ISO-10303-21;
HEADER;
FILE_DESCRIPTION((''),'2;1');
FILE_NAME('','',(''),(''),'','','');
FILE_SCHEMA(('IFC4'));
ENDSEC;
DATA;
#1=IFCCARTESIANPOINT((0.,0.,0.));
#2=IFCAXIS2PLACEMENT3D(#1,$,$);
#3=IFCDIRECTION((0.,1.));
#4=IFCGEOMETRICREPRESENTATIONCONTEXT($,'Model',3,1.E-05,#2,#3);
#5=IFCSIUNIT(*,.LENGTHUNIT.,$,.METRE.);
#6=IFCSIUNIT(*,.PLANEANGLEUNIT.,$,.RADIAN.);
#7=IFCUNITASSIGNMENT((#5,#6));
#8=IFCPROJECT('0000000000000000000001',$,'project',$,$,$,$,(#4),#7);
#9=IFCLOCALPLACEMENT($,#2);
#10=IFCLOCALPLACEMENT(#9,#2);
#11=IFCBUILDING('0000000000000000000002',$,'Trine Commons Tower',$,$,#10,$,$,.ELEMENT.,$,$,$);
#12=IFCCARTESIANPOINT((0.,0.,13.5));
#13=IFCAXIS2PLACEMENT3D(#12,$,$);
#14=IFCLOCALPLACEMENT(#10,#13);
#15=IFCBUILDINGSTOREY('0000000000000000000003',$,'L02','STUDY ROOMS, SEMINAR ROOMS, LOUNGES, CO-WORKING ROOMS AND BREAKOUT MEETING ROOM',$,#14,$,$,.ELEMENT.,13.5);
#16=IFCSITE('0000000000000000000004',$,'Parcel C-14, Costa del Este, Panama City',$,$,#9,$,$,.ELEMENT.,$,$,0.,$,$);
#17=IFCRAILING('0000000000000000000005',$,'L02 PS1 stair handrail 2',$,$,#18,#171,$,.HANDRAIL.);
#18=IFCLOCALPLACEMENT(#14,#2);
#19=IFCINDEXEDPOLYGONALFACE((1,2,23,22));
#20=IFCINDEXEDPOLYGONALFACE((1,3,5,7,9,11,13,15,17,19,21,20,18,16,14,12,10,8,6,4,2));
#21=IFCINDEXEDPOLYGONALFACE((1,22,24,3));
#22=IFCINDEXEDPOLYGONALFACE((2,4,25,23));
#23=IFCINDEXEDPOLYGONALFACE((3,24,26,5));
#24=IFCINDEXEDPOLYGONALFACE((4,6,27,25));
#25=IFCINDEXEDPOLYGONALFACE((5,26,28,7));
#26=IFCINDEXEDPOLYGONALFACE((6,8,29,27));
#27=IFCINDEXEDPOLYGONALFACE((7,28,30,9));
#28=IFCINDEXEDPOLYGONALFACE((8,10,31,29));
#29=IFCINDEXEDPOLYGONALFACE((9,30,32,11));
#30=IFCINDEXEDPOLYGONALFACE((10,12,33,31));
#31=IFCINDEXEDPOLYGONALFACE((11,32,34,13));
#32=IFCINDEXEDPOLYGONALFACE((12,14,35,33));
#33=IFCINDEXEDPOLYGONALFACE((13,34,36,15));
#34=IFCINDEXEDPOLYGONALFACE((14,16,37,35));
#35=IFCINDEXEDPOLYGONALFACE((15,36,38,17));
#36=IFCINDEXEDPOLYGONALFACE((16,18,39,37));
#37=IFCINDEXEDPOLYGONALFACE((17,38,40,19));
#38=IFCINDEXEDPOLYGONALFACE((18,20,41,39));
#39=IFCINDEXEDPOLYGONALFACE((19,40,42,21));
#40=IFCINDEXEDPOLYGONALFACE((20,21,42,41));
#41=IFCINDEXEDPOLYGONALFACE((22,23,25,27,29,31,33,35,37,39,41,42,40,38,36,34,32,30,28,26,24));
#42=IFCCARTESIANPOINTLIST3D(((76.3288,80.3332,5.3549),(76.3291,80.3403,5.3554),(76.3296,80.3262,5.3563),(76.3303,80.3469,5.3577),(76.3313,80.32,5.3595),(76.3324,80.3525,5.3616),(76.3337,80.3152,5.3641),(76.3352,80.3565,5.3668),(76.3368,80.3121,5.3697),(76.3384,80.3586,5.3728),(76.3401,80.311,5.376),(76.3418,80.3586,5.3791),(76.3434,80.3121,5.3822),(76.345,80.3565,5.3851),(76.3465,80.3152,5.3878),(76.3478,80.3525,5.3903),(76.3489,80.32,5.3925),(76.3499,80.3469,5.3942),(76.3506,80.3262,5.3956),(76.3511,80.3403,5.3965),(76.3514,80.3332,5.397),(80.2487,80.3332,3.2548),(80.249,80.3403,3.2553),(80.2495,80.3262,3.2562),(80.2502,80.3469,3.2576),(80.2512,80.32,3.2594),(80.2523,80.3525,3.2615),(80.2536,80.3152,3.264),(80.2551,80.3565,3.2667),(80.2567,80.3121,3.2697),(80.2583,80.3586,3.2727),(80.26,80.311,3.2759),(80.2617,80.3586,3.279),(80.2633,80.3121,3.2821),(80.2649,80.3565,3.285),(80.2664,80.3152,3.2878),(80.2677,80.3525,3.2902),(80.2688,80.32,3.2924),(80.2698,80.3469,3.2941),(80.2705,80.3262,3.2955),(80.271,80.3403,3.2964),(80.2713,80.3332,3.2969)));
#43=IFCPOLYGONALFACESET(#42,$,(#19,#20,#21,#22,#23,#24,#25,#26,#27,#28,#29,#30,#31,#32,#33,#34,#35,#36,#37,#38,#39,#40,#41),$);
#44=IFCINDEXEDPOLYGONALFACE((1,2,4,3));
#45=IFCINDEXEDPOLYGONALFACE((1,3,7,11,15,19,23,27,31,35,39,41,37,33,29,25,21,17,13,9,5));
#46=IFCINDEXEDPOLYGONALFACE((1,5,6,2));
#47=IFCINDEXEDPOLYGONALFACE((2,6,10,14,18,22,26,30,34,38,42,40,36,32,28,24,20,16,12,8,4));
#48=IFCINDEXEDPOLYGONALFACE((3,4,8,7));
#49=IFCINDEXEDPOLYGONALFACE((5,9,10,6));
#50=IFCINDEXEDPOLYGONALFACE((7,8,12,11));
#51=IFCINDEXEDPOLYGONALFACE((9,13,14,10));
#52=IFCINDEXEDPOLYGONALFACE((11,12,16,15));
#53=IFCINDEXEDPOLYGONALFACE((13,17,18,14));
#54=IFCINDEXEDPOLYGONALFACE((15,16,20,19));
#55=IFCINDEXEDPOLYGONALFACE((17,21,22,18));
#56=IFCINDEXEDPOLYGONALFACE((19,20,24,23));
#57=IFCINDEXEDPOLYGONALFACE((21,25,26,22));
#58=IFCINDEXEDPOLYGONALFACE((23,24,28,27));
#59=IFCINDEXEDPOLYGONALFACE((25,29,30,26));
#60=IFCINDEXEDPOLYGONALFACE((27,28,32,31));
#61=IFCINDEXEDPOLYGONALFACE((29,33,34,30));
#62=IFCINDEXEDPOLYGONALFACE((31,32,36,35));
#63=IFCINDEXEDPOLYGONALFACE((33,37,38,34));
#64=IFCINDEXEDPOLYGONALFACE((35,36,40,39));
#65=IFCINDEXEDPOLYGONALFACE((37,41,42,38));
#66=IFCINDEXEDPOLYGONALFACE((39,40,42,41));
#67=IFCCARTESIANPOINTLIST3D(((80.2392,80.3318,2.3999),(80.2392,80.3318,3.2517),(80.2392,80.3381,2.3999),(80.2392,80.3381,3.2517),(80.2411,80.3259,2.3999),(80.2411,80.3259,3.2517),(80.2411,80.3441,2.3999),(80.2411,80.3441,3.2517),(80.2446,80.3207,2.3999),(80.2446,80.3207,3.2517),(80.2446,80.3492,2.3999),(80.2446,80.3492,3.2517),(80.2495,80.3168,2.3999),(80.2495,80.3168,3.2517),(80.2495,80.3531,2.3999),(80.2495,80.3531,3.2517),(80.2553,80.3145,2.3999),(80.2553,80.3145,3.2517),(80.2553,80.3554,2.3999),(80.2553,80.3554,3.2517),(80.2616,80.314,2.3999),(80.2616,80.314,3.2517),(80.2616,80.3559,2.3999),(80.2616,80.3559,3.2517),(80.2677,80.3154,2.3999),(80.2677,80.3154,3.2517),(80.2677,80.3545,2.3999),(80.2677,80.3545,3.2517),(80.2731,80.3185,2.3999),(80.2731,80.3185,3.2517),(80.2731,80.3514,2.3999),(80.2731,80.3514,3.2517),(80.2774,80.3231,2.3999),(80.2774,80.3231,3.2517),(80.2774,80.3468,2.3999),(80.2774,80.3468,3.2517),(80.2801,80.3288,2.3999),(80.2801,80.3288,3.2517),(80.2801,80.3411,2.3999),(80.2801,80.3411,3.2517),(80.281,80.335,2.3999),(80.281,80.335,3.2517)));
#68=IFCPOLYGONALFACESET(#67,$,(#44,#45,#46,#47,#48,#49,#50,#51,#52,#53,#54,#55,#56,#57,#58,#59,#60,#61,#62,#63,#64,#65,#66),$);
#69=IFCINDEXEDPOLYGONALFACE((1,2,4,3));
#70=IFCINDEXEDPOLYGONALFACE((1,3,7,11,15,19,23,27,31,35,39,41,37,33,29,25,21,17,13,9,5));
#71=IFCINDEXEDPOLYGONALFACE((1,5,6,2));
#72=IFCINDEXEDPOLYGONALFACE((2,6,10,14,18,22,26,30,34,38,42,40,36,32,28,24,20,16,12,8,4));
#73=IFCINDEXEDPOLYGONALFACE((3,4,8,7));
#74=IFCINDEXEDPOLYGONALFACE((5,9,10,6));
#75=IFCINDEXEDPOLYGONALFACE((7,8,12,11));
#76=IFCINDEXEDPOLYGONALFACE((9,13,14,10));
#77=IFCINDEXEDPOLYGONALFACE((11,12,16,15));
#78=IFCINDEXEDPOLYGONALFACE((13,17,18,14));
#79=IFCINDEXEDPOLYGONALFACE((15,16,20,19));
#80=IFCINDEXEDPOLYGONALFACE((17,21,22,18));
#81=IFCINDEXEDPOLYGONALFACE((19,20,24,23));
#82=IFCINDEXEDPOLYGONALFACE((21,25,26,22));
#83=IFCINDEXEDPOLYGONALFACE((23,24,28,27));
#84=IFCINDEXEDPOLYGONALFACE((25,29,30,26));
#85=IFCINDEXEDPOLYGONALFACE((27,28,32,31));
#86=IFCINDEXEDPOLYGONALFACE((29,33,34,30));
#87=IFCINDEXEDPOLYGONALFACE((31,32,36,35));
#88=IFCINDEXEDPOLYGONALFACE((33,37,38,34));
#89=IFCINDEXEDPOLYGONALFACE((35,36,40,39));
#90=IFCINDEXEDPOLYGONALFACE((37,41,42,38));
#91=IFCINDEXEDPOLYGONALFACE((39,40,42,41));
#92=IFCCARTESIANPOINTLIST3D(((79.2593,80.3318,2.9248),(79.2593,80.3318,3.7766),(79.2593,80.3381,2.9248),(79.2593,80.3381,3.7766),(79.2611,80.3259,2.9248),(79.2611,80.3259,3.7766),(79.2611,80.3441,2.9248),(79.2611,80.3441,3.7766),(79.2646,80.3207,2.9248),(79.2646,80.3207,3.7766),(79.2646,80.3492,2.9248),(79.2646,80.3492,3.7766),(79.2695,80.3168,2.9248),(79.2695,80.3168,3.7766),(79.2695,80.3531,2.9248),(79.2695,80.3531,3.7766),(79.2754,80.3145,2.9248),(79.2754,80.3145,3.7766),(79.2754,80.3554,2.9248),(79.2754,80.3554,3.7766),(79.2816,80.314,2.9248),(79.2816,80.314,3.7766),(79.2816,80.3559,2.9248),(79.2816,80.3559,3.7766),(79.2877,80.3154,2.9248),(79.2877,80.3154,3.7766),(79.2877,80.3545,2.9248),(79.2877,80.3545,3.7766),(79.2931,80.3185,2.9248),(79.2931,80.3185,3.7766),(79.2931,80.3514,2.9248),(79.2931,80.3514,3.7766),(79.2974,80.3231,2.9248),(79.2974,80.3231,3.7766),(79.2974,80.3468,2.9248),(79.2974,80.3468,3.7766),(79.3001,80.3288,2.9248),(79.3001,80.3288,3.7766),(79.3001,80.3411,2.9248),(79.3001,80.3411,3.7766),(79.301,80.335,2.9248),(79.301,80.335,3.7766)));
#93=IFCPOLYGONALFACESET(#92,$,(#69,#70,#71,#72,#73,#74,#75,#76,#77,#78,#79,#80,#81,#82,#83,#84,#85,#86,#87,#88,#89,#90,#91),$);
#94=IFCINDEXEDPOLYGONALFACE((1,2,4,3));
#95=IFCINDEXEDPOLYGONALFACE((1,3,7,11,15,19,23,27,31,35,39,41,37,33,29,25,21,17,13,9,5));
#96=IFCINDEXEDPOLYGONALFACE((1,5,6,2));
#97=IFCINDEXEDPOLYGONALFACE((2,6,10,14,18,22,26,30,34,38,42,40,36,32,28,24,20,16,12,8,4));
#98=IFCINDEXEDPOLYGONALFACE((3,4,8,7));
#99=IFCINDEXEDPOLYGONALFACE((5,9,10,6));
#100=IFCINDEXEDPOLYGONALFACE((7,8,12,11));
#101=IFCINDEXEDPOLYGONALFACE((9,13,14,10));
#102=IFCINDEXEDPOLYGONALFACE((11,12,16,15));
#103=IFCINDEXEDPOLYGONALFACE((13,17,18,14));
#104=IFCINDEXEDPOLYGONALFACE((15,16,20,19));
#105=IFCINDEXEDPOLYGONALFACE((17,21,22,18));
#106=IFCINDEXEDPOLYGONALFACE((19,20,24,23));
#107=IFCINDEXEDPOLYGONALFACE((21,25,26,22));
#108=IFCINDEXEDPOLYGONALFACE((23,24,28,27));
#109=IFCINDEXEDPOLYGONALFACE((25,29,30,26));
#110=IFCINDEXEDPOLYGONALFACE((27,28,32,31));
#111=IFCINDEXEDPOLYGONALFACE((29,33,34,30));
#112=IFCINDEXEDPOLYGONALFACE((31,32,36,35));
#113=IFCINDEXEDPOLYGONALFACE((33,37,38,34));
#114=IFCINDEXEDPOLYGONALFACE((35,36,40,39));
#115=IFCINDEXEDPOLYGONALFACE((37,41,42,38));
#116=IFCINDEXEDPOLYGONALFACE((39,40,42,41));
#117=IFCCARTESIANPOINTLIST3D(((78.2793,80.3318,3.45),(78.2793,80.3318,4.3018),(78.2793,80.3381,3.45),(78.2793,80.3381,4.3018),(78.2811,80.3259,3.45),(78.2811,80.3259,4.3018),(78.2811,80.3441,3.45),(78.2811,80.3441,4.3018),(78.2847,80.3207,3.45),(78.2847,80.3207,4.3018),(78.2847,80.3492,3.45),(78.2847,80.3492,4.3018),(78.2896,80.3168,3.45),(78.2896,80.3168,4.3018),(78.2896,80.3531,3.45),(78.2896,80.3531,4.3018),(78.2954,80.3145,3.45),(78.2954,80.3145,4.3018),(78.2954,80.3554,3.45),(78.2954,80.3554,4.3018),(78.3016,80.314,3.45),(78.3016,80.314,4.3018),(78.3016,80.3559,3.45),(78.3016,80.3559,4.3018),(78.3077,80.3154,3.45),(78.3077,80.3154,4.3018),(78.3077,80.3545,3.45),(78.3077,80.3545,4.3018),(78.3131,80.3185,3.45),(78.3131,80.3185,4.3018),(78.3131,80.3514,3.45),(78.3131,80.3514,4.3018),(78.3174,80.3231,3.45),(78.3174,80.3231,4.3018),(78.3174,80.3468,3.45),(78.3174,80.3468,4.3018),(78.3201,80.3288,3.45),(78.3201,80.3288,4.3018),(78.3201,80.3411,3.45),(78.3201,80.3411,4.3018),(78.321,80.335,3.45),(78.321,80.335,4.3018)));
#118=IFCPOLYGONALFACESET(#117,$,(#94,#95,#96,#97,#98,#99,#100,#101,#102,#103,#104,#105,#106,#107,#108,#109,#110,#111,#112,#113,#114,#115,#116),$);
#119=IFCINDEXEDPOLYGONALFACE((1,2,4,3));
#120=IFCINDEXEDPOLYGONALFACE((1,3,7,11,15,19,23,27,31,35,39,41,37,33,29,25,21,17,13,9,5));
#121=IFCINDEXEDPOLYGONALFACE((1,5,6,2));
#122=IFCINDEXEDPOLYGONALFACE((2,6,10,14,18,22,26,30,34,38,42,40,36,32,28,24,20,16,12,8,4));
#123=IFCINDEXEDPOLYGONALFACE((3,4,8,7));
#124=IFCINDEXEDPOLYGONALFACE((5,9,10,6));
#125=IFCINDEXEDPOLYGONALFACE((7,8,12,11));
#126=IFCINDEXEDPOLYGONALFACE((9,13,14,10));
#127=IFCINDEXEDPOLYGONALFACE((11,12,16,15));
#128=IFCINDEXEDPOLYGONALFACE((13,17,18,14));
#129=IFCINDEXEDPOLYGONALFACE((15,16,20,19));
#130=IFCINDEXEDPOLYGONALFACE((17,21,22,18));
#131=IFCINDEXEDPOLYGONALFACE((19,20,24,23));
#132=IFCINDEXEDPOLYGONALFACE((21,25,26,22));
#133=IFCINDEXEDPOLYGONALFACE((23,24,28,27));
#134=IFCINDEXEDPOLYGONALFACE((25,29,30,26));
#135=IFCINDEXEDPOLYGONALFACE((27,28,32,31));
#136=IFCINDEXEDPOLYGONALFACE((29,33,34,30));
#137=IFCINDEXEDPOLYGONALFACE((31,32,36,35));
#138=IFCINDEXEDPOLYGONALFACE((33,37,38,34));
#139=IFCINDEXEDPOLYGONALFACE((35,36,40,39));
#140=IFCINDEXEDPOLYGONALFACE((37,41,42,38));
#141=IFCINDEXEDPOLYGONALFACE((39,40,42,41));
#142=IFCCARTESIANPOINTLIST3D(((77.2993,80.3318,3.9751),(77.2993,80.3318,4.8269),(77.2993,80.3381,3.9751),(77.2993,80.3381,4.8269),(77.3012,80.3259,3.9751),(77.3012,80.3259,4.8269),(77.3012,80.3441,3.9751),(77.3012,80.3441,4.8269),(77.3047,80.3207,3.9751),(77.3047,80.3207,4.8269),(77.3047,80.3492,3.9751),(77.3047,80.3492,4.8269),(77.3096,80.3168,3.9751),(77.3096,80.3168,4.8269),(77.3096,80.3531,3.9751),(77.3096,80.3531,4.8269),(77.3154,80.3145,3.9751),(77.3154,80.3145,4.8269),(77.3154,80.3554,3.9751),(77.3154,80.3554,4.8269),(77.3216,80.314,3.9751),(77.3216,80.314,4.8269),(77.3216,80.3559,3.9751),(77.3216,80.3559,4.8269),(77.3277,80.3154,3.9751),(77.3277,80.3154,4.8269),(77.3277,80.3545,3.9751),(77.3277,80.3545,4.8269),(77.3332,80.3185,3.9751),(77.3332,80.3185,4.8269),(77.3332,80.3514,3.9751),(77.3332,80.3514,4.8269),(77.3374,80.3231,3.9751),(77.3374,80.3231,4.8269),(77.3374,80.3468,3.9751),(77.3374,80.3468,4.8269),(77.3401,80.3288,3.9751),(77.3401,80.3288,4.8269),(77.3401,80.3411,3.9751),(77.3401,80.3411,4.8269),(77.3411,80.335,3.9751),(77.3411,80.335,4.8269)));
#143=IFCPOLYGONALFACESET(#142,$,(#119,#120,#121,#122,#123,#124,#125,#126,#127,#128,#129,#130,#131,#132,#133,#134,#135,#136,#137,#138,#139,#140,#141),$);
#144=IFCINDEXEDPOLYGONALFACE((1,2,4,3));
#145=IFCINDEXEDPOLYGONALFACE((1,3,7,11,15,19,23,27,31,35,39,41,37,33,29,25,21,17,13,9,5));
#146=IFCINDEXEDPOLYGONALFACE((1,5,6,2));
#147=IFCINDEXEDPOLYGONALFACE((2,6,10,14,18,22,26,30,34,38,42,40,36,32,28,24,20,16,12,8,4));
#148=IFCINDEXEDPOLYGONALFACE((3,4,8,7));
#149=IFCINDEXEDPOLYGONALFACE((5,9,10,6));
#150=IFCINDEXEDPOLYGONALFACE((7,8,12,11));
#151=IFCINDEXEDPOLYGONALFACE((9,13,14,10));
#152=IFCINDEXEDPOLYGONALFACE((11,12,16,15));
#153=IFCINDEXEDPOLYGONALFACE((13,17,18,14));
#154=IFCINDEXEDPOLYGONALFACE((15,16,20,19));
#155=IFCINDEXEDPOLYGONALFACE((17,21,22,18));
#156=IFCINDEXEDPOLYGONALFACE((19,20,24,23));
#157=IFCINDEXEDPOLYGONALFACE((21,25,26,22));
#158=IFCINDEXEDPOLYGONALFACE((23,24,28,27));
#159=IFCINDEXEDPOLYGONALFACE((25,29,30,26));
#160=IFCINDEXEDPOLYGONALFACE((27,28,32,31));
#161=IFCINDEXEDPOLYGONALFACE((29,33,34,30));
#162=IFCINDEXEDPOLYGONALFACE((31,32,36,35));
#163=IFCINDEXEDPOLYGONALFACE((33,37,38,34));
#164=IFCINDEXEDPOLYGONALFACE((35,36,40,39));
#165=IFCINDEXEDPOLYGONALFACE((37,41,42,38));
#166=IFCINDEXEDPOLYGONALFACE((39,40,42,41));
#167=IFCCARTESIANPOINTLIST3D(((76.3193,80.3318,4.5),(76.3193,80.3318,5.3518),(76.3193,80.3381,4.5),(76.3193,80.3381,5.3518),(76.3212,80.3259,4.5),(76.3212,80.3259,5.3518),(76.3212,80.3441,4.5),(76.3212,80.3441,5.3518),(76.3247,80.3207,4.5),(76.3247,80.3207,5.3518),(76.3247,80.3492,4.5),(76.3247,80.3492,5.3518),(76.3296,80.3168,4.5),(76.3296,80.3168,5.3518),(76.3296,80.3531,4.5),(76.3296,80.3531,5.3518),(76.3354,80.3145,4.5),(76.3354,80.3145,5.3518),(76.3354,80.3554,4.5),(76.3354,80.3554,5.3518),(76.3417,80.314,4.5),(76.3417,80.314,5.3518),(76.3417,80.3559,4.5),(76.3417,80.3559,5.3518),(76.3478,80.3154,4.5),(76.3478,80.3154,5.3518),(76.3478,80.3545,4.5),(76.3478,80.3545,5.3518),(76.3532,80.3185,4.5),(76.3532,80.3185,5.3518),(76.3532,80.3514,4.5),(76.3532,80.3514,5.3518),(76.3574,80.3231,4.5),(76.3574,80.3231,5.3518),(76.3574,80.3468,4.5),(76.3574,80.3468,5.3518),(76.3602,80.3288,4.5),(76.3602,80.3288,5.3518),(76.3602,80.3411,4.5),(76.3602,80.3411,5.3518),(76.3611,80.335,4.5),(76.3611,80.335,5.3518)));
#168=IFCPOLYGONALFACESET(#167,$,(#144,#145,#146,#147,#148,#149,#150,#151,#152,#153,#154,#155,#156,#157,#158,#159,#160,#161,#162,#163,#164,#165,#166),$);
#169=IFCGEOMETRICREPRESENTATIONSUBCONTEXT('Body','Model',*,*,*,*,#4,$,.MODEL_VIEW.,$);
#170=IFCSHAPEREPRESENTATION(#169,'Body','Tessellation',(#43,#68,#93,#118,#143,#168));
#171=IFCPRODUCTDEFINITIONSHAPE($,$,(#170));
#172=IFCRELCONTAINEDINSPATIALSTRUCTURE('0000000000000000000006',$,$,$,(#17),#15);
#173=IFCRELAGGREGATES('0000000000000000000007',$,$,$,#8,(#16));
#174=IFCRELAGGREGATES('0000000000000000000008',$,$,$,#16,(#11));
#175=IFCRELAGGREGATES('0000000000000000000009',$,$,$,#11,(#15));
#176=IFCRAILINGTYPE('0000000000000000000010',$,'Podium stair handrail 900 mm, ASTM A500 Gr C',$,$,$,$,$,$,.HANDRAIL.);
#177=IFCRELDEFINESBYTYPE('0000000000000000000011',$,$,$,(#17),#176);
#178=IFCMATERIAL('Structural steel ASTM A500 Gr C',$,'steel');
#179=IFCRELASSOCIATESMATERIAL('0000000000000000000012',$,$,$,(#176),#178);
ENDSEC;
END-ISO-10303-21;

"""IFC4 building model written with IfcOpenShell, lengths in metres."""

from ifc_helpers import new_model, si_unit, direction, frame, origin, origin_2d, place, context, subcontext, project, spatial, circle, extrude, material, type_object, element, save


model = new_model("IFC4")

# Units and contexts
model_context = context("Model", 3, precision=1e-05, world=origin(), true_north=direction((0.0, 1.0)))
body_context = subcontext(model_context, "Body", "Model", "MODEL_VIEW")
ifc_project = project(units=[si_unit("LENGTHUNIT", "METRE"), si_unit("PLANEANGLEUNIT", "RADIAN")], contexts=[model_context])

# Site, building, storey
site_placement = place(None, origin())
site = spatial("IfcSite", under=ifc_project, at=site_placement, Name="Parcel C-14, Costa del Este, Panama City", CompositionType="ELEMENT", RefElevation=0.0)
building_placement = place(site_placement, origin())
building = spatial("IfcBuilding", under=site, at=building_placement, Name="Trine Commons Tower", CompositionType="ELEMENT")
storey_placement = place(building_placement, frame((0.0, 0.0, 13.5)))
storey = spatial("IfcBuildingStorey", under=building, at=storey_placement, Name="L02", Description="STUDY ROOMS, SEMINAR ROOMS, LOUNGES, CO-WORKING ROOMS AND BREAKOUT MEETING ROOM", CompositionType="ELEMENT", Elevation=13.5)

# Railing
ifc_material_1 = material(Name="Structural steel ASTM A500 Gr C", Category="steel")
railing_type_1 = type_object("IfcRailingType", Name="Podium stair handrail 900 mm, ASTM A500 Gr C", PredefinedType="HANDRAIL", material=ifc_material_1)
railing_1_placement = place(storey_placement, frame((80.26, 80.335, 2.3999)))
element("IfcRailing", 1, at=railing_1_placement, inside=storey, type_object=railing_type_1, Name="L02 PS1 stair handrail 2", PredefinedType="HANDRAIL", context=body_context, shape_type="SweptSolid", body=[
    extrude(circle(Radius=0.0239, at=origin_2d()), frame((0.0, 0.0, 0.876), z_axis=(-0.881467, 0.0, 0.472246), x_axis=(0.0, -1.0, 0.0)), (0.0, 0.0, 1.0), 4.447),
    extrude(circle(Radius=0.021, at=origin_2d()), origin(), (0.0, 0.0, 1.0), 0.8518),
    extrude(circle(Radius=0.021, at=origin_2d()), frame((-0.98, 0.0, 0.5249)), (0.0, 0.0, 1.0), 0.8518),
    extrude(circle(Radius=0.021, at=origin_2d()), frame((-1.96, 0.0, 1.05)), (0.0, 0.0, 1.0), 0.8518),
    extrude(circle(Radius=0.021, at=origin_2d()), frame((-2.9399, 0.0, 1.5752)), (0.0, 0.0, 1.0), 0.8518),
    extrude(circle(Radius=0.021, at=origin_2d()), frame((-3.9199, 0.0, 2.1001)), (0.0, 0.0, 1.0), 0.8518),
])

save(model, "model.ifc")
